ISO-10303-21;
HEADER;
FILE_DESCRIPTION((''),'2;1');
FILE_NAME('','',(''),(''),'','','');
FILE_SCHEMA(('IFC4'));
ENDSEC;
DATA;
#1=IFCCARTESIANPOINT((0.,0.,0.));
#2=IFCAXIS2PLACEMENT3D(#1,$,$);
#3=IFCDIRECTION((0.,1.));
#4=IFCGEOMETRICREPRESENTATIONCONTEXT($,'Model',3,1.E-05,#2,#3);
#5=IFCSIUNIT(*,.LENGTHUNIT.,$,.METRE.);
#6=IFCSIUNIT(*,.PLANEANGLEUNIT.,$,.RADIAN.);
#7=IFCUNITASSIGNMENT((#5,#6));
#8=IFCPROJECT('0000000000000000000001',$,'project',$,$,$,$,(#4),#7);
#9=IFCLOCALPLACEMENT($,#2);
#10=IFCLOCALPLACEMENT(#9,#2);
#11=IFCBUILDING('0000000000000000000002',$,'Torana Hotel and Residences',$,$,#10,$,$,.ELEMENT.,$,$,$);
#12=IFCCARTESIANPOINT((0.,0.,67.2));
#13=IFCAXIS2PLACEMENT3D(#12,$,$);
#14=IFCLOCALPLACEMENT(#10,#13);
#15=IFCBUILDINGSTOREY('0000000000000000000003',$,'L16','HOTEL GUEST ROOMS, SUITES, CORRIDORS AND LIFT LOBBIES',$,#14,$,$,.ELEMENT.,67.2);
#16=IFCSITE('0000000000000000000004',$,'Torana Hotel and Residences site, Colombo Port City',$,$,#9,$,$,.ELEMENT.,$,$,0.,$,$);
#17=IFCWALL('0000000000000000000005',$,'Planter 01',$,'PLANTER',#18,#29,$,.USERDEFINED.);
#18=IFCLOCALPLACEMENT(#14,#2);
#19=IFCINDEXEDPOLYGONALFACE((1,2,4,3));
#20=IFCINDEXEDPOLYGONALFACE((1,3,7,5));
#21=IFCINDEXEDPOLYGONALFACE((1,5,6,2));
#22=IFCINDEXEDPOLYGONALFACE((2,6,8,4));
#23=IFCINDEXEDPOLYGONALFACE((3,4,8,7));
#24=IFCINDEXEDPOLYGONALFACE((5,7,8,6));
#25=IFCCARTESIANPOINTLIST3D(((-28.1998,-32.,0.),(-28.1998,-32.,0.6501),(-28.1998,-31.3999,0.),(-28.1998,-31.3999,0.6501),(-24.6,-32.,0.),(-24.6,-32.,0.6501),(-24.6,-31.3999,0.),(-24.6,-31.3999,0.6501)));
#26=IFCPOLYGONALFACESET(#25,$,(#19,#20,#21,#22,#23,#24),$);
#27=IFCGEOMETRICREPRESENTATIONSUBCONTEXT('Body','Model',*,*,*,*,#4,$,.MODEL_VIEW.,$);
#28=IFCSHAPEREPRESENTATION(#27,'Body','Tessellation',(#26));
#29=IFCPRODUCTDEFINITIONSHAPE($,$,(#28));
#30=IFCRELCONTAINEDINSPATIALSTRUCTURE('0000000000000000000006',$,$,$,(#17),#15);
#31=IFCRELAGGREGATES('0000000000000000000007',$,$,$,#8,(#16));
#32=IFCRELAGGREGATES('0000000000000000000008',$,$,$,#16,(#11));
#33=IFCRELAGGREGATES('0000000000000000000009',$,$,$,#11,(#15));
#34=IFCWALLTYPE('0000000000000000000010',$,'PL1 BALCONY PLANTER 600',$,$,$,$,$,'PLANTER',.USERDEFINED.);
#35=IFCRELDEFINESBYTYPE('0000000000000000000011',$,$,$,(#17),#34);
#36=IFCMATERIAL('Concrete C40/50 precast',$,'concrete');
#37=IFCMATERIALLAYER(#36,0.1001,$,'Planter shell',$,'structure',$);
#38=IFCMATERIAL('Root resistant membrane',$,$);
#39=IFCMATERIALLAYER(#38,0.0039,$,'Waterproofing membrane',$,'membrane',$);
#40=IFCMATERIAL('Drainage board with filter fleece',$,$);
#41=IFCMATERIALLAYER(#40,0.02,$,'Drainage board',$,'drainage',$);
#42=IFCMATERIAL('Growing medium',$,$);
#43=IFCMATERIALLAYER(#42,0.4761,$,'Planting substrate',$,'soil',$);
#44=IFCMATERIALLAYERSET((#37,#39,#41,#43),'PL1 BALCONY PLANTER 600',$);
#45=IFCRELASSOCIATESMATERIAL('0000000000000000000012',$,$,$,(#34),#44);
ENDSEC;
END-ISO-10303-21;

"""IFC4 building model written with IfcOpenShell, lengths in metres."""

from ifc_helpers import new_model, si_unit, direction, frame, frame_2d, origin, place, context, subcontext, project, spatial, rectangle, extrude, material, layer, layer_set, type_object, element, save


model = new_model("IFC4")

# Units and contexts
model_context = context("Model", 3, precision=1e-05, world=origin(), true_north=direction((0.0, 1.0)))
body_context = subcontext(model_context, "Body", "Model", "MODEL_VIEW")
ifc_project = project(units=[si_unit("LENGTHUNIT", "METRE"), si_unit("PLANEANGLEUNIT", "RADIAN")], contexts=[model_context])

# Site, building, storey
site_placement = place(None, origin())
site = spatial("IfcSite", under=ifc_project, at=site_placement, Name="Torana Hotel and Residences site, Colombo Port City", CompositionType="ELEMENT", RefElevation=0.0)
building_placement = place(site_placement, origin())
building = spatial("IfcBuilding", under=site, at=building_placement, Name="Torana Hotel and Residences", CompositionType="ELEMENT")
storey_placement = place(building_placement, frame((0.0, 0.0, 67.2)))
storey = spatial("IfcBuildingStorey", under=building, at=storey_placement, Name="L16", Description="HOTEL GUEST ROOMS, SUITES, CORRIDORS AND LIFT LOBBIES", CompositionType="ELEMENT", Elevation=67.2)

# Wall
ifc_material_1 = material(Name="Concrete C40/50 precast", Category="concrete")
ifc_layer_1 = layer(ifc_material_1, 0.1001, Name="Planter shell", Category="structure")
ifc_material_2 = material(Name="Root resistant membrane")
ifc_layer_2 = layer(ifc_material_2, 0.0039, Name="Waterproofing membrane", Category="membrane")
ifc_material_3 = material(Name="Drainage board with filter fleece")
ifc_layer_3 = layer(ifc_material_3, 0.02, Name="Drainage board", Category="drainage")
ifc_material_4 = material(Name="Growing medium")
ifc_layer_4 = layer(ifc_material_4, 0.4761, Name="Planting substrate", Category="soil")
ifc_layer_set_1 = layer_set([ifc_layer_1, ifc_layer_2, ifc_layer_3, ifc_layer_4], Name="PL1 BALCONY PLANTER 600")
wall_type_1 = type_object("IfcWallType", Name="PL1 BALCONY PLANTER 600", ElementType="PLANTER", PredefinedType="USERDEFINED", material=ifc_layer_set_1)
wall_1_placement = place(storey_placement, frame((-24.6001, -31.7, 0.0), z_axis=(0.0, 0.0, 1.0), x_axis=(-1.0, 0.0, 0.0)))
element("IfcWall", 1, at=wall_1_placement, inside=storey, type_object=wall_type_1, Name="Planter 01", ObjectType="PLANTER", PredefinedType="USERDEFINED", context=body_context, shape_type="SweptSolid", body=[
    extrude(rectangle(XDim=3.5999, YDim=0.6001, at=frame_2d((1.7998, 0.0))), origin(), (0.0, 0.0, 1.0), 0.6501),
])

save(model, "model.ifc")
